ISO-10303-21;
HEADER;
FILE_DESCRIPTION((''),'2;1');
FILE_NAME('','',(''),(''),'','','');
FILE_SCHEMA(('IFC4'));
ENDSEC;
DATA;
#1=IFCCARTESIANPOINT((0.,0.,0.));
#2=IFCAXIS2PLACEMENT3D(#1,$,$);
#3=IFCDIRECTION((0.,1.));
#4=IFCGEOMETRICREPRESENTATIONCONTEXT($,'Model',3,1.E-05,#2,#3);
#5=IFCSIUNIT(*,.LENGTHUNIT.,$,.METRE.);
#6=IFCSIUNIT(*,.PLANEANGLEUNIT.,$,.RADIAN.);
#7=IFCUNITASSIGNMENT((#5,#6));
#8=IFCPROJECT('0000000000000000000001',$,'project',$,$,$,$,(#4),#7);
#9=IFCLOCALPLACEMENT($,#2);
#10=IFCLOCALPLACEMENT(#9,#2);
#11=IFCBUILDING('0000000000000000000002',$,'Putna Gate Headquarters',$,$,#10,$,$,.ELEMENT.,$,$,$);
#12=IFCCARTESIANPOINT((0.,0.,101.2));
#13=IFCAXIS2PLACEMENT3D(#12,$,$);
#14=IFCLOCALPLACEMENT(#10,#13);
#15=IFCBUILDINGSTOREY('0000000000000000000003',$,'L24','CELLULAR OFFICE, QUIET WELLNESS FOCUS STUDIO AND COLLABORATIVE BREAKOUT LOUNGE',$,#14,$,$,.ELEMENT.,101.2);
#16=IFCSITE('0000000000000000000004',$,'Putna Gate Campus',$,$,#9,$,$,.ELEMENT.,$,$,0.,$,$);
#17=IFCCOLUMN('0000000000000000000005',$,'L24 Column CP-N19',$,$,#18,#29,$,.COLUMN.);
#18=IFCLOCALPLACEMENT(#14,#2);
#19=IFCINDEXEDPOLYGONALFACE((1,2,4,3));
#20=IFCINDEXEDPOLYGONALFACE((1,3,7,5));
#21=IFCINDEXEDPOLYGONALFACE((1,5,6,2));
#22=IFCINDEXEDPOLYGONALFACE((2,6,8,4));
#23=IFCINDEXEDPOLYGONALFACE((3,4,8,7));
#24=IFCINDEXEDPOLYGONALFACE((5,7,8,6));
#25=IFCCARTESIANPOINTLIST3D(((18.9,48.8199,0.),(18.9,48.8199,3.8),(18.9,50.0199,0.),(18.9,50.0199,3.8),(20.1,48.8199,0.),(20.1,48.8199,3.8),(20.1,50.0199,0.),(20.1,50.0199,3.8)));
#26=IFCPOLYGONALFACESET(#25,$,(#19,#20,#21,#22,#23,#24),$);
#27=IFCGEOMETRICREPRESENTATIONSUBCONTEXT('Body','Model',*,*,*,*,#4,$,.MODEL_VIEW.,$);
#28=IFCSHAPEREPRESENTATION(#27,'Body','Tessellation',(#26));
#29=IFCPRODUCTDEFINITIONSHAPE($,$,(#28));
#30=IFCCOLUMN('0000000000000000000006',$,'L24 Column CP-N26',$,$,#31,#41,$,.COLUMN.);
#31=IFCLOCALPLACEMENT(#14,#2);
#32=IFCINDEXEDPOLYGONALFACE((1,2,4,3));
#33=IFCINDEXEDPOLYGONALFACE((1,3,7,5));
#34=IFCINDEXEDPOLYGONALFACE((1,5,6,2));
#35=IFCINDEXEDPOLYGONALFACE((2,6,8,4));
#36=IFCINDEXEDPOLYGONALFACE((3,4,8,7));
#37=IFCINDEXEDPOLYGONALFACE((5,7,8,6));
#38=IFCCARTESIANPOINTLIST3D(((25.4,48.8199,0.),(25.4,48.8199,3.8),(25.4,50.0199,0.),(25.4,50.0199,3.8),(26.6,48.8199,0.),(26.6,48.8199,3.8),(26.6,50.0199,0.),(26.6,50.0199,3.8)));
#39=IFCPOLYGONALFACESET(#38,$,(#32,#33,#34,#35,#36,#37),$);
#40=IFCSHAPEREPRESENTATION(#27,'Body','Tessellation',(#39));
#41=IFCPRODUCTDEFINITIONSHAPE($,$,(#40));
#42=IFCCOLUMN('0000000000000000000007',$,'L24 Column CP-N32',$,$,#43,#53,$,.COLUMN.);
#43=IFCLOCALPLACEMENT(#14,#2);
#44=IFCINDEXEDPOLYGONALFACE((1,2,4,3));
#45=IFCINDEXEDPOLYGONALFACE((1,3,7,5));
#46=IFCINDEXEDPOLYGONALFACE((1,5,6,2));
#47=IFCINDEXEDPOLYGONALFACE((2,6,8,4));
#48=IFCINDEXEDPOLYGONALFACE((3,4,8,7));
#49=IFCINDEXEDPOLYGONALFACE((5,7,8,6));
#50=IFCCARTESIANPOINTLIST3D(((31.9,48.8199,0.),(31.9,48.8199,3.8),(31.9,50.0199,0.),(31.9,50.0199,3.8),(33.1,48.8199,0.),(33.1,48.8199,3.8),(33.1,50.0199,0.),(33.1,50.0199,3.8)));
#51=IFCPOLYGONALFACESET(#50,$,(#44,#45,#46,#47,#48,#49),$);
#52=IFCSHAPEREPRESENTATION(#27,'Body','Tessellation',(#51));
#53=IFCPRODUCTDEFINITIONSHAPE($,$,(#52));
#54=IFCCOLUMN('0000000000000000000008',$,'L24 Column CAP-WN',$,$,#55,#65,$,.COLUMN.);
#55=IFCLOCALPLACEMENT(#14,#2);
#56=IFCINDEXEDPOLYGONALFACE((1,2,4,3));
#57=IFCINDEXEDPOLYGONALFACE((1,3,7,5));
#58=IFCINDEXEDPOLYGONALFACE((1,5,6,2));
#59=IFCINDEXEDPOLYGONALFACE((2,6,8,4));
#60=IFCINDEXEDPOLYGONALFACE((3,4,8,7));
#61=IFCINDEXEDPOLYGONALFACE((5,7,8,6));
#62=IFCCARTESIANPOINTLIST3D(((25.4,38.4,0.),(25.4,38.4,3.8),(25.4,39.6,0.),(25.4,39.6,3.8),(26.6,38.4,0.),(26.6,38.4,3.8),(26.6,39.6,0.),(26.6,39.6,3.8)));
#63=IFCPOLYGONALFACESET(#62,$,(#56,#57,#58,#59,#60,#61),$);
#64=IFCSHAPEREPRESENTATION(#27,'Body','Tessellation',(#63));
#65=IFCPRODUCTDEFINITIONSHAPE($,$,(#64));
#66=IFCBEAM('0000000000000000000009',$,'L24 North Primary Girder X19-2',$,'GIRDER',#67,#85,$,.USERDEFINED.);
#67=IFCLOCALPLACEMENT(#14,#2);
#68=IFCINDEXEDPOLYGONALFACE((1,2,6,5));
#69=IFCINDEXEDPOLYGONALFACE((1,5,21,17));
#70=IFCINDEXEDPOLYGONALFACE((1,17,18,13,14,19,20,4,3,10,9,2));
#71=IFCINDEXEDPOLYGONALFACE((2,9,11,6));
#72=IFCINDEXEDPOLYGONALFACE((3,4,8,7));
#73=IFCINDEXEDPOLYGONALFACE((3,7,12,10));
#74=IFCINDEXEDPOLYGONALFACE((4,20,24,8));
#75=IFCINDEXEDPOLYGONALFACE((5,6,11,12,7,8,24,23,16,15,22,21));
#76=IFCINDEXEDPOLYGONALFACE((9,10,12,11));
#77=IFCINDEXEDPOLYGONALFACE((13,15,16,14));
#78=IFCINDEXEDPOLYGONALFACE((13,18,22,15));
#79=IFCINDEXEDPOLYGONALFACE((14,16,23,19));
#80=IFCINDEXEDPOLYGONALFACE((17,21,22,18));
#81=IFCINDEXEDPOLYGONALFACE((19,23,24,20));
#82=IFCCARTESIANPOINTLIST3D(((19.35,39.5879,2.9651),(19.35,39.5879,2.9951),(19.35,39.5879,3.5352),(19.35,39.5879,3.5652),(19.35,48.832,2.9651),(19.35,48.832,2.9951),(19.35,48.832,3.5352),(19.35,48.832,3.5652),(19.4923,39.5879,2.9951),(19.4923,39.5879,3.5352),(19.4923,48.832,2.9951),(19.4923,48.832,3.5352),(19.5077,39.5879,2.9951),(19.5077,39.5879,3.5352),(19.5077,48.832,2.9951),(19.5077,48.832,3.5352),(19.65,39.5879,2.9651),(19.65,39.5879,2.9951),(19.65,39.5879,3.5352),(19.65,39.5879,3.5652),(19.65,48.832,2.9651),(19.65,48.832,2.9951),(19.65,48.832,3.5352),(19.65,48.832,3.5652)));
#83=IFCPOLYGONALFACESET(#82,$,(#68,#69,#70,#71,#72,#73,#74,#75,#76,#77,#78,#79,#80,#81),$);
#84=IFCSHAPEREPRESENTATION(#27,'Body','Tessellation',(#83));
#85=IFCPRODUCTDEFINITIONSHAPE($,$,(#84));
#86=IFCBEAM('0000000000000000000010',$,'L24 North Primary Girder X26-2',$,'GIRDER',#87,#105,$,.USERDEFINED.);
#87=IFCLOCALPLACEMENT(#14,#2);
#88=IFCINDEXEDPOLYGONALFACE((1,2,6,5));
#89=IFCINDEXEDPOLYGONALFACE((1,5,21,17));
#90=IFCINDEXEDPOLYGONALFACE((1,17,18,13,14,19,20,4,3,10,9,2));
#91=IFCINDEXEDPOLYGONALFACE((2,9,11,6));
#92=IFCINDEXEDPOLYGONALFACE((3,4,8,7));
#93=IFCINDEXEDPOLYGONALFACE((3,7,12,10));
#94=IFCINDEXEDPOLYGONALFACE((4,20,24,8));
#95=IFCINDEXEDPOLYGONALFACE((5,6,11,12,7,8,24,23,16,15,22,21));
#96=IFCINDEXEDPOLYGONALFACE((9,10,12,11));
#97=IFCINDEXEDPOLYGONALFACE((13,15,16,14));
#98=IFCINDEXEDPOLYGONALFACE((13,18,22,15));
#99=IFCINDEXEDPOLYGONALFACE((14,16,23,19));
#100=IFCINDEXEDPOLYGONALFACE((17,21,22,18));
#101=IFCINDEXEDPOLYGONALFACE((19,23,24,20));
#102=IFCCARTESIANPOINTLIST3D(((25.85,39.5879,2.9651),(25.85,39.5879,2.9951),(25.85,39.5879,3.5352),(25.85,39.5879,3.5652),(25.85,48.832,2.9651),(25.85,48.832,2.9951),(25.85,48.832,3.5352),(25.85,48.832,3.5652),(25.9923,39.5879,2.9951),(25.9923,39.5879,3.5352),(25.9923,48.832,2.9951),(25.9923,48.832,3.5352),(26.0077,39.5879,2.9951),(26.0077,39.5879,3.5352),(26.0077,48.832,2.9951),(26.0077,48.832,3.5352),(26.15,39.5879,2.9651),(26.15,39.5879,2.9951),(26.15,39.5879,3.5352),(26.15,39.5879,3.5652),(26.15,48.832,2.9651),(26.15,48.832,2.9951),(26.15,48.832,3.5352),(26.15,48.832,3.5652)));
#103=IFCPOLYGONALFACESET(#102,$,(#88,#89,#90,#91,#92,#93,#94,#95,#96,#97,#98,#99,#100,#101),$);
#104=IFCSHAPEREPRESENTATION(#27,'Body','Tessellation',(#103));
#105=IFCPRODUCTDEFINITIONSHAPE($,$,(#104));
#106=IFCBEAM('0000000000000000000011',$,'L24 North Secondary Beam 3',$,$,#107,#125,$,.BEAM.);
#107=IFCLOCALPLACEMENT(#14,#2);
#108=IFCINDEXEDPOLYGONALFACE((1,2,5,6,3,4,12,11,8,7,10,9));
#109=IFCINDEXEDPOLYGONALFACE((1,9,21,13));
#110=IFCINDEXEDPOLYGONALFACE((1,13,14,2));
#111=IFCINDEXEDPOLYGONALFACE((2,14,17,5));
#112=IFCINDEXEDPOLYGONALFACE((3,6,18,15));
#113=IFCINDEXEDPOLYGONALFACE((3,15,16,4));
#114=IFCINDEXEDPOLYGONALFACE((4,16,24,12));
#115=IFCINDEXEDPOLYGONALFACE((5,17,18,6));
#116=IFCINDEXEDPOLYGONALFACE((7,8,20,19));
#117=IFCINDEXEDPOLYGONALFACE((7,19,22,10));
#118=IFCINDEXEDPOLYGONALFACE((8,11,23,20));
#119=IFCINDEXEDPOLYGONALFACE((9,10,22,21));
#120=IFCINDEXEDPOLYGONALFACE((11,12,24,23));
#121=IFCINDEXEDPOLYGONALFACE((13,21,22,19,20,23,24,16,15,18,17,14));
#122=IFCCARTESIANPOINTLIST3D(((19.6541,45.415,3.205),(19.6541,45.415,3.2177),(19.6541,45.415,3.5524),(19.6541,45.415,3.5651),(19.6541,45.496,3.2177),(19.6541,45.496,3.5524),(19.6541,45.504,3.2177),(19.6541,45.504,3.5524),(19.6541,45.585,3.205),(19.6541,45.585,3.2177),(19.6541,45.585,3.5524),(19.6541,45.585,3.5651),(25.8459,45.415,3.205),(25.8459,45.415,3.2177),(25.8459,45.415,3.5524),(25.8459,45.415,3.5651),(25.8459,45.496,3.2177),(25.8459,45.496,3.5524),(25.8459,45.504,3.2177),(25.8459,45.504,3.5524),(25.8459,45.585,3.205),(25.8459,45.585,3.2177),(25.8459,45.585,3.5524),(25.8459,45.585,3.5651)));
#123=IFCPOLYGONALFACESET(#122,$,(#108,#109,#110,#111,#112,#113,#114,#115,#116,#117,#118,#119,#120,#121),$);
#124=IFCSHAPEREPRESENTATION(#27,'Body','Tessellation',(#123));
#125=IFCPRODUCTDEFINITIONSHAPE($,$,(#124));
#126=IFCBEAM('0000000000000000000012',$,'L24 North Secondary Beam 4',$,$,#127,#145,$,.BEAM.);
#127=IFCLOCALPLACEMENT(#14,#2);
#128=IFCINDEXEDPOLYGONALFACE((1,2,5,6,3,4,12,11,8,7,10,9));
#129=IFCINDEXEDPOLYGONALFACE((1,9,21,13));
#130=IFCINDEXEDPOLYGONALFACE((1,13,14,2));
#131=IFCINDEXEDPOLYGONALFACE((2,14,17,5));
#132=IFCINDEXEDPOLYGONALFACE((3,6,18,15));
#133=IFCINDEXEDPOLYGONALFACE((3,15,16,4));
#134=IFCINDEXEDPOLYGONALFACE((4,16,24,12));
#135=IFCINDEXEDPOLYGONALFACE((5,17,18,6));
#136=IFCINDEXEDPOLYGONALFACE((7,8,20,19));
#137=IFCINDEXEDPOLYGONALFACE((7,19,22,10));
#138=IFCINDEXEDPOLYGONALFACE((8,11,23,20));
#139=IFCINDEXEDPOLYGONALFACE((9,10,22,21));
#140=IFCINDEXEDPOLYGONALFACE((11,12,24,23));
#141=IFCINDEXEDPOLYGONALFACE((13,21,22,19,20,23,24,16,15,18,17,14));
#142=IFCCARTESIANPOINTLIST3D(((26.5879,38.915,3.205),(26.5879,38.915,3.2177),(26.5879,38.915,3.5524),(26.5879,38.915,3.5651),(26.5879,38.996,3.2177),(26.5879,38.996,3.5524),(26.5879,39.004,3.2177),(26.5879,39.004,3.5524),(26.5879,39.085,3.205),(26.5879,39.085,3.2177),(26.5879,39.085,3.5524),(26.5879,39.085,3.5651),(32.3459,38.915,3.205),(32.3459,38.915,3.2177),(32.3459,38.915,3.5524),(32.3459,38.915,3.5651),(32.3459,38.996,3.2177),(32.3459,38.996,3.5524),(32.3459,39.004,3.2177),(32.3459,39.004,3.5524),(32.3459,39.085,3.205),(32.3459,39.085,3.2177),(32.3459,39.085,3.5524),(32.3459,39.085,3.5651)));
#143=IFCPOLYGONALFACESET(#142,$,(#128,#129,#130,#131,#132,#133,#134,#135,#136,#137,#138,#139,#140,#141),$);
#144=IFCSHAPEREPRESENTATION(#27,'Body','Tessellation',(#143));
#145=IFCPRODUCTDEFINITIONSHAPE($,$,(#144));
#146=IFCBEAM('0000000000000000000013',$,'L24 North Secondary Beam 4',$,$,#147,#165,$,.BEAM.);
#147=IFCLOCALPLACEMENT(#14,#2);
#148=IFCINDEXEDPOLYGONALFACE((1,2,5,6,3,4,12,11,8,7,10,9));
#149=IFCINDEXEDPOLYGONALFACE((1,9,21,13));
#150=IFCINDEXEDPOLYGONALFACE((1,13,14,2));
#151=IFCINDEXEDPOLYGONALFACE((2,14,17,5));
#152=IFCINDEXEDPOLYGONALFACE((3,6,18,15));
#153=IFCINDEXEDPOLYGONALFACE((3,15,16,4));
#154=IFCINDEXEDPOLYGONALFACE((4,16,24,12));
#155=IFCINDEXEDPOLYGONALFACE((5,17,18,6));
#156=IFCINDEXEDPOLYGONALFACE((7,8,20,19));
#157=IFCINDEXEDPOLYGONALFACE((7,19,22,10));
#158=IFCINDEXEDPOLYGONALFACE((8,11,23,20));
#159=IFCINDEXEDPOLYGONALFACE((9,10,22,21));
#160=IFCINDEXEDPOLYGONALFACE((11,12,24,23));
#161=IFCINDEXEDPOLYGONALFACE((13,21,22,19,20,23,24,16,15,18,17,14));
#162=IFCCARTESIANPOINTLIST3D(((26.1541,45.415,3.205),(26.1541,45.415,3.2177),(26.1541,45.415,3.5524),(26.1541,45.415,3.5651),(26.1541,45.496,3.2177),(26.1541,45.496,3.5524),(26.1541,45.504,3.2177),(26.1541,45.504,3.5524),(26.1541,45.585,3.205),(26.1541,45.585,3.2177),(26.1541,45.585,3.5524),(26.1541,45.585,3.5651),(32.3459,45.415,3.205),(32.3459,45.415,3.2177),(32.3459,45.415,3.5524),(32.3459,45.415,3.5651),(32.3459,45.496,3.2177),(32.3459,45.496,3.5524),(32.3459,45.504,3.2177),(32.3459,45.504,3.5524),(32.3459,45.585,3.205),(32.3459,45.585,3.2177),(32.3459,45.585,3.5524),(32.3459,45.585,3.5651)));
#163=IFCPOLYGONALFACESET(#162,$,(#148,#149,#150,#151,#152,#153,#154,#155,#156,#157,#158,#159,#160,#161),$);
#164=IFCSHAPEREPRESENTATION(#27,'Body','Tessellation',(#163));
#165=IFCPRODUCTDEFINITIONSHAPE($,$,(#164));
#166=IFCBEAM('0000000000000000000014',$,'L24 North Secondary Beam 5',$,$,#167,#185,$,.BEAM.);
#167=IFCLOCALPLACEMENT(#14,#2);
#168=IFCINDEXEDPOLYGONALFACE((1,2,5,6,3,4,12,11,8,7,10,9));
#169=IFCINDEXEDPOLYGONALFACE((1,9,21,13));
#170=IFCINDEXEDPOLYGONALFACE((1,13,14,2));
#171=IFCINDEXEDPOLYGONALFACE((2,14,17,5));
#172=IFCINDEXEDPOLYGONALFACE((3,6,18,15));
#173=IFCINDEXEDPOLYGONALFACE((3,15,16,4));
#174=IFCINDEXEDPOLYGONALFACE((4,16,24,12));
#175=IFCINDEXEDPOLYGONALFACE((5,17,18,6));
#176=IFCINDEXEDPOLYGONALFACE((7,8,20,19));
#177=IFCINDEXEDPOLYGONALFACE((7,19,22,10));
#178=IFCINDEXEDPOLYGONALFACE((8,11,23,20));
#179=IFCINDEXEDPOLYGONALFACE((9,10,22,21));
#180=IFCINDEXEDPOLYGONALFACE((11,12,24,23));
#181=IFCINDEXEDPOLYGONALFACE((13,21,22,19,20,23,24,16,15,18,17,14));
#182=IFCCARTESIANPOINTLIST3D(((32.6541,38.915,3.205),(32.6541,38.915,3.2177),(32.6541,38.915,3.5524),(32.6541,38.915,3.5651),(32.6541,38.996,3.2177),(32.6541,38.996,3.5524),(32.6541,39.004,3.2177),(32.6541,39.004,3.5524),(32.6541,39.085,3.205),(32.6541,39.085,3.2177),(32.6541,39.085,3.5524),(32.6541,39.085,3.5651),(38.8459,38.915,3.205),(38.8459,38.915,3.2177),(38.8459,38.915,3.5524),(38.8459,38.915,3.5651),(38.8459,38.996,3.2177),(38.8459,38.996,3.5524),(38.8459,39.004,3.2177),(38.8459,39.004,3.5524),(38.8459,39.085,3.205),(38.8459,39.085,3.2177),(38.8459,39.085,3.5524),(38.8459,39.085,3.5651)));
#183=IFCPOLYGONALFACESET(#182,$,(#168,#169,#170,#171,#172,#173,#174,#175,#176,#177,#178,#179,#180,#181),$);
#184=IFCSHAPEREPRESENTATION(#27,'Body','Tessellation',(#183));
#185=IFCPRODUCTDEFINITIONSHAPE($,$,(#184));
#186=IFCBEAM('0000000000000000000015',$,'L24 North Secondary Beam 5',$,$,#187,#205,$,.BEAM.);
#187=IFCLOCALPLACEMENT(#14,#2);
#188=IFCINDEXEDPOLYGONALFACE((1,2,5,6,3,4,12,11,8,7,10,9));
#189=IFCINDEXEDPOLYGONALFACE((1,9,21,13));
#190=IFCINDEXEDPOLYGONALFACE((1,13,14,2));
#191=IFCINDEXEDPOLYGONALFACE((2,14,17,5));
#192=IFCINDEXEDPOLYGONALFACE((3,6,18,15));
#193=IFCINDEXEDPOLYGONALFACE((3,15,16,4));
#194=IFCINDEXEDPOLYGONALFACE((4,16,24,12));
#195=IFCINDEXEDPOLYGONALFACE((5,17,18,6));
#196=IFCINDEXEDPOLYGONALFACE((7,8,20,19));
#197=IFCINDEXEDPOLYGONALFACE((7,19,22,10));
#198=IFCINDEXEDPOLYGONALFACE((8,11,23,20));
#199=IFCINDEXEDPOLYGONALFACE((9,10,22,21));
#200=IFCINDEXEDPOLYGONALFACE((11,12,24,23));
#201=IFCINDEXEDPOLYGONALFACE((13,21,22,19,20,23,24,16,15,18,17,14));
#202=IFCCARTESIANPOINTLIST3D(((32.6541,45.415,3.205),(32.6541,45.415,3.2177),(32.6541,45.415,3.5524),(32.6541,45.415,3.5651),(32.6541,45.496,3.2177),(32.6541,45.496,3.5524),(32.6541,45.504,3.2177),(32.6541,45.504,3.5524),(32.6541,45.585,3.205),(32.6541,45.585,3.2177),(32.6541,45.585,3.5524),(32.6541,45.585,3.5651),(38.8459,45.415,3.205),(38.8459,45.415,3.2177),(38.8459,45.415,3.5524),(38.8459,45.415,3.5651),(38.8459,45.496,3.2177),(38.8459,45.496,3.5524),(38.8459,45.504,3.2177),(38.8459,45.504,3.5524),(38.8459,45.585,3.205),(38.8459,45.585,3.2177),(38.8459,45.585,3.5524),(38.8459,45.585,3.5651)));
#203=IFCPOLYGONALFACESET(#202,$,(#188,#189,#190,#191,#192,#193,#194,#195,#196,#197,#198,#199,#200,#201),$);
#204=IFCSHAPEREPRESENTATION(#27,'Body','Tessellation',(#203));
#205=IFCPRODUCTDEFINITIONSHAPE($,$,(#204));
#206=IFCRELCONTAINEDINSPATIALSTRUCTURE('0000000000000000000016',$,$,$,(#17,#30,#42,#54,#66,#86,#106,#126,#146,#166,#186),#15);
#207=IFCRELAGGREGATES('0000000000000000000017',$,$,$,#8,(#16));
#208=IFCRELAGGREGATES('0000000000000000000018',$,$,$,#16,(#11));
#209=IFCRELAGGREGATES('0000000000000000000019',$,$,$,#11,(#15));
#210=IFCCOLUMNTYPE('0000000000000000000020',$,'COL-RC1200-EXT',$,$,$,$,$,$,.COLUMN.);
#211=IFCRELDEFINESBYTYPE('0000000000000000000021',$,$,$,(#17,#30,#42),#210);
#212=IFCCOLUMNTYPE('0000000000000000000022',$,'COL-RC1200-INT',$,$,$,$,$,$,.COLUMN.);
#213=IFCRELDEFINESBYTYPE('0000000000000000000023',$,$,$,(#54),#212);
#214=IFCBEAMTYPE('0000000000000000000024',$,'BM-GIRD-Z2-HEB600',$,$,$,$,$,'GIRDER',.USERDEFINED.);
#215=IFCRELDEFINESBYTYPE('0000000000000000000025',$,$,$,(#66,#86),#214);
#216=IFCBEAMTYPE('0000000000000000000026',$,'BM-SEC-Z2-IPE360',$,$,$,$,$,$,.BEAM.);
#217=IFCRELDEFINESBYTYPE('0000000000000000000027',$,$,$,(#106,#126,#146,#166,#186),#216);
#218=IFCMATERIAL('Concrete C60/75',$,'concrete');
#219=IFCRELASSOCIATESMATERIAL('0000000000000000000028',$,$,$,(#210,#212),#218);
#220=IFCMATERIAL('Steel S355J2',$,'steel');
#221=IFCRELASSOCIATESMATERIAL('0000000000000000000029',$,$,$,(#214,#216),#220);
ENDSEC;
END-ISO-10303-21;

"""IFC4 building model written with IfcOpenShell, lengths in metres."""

from ifc_helpers import new_model, si_unit, direction, frame, origin, origin_2d, place, context, subcontext, project, spatial, rectangle, i_section, extrude, material, material_profile, profile_set, type_object, element, save


model = new_model("IFC4")

# Units and contexts
model_context = context("Model", 3, precision=1e-05, world=origin(), true_north=direction((0.0, 1.0)))
body_context = subcontext(model_context, "Body", "Model", "MODEL_VIEW")
ifc_project = project(units=[si_unit("LENGTHUNIT", "METRE"), si_unit("PLANEANGLEUNIT", "RADIAN")], contexts=[model_context])

# Site, building, storey
site_placement = place(None, origin())
site = spatial("IfcSite", under=ifc_project, at=site_placement, Name="Putna Gate Campus", CompositionType="ELEMENT", RefElevation=0.0)
building_placement = place(site_placement, origin())
building = spatial("IfcBuilding", under=site, at=building_placement, Name="Putna Gate Headquarters", CompositionType="ELEMENT")
storey_placement = place(building_placement, frame((0.0, 0.0, 101.2)))
storey = spatial("IfcBuildingStorey", under=building, at=storey_placement, Name="L24", Description="CELLULAR OFFICE, QUIET WELLNESS FOCUS STUDIO AND COLLABORATIVE BREAKOUT LOUNGE", CompositionType="ELEMENT", Elevation=101.2)

# Columns
ifc_material_1 = material(Name="Concrete C60/75", Category="concrete")
ifc_material_profile_1 = material_profile(ifc_material_1, rectangle(XDim=1.2, YDim=1.2, at=origin_2d()), Name="Concrete C60/75")
ifc_profile_set_1 = profile_set([ifc_material_profile_1], Name="Concrete C60/75")
column_type_1 = type_object("IfcColumnType", Name="COL-RC1200-EXT", PredefinedType="COLUMN", material=ifc_profile_set_1)
for number, where, z_axis, x_axis, name in (
    (1, (19.5, 49.4199, 0.0), (0.0, 0.0, 1.0), (1.0, 0.0, 0.0), "L24 Column CP-N19"),
    (2, (26.0, 49.4199, 0.0), (0.0, 0.0, 1.0), (1.0, 0.0, 0.0), "L24 Column CP-N26"),
    (3, (32.5, 49.4199, 0.0), (0.0, 0.0, 1.0), (1.0, 0.0, 0.0), "L24 Column CP-N32"),
):
    element("IfcColumn", number, at=place(storey_placement, frame(where, z_axis=z_axis, x_axis=x_axis)), inside=storey, type_object=column_type_1, Name=name, PredefinedType="COLUMN", context=body_context, shape_type="SweptSolid", body=[
        extrude(rectangle(XDim=1.2, YDim=1.2, at=origin_2d()), origin(), (0.0, 0.0, 1.0), 3.8),
    ])
ifc_material_profile_2 = material_profile(ifc_material_1, rectangle(XDim=1.2, YDim=1.2, at=origin_2d()), Name="Concrete C60/75")
ifc_profile_set_2 = profile_set([ifc_material_profile_2], Name="Concrete C60/75")
column_type_2 = type_object("IfcColumnType", Name="COL-RC1200-INT", PredefinedType="COLUMN", material=ifc_profile_set_2)
column_placement = place(storey_placement, frame((26.0, 39.0, 0.0), z_axis=(0.0, 0.0, 1.0), x_axis=(1.0, 0.0, 0.0)))
element("IfcColumn", 4, at=column_placement, inside=storey, type_object=column_type_2, Name="L24 Column CAP-WN", PredefinedType="COLUMN", context=body_context, shape_type="SweptSolid", body=[
    extrude(rectangle(XDim=1.2, YDim=1.2, at=origin_2d()), origin(), (0.0, 0.0, 1.0), 3.8),
])

# Beams
ifc_material_2 = material(Name="Steel S355J2", Category="steel")
ifc_material_profile_3 = material_profile(ifc_material_2, i_section(OverallWidth=0.3, OverallDepth=0.6001, WebThickness=0.0154, FlangeThickness=0.03, at=origin_2d()), Name="Steel S355J2")
ifc_profile_set_3 = profile_set([ifc_material_profile_3], Name="Steel S355J2")
beam_type_1 = type_object("IfcBeamType", Name="BM-GIRD-Z2-HEB600", ElementType="GIRDER", PredefinedType="USERDEFINED", material=ifc_profile_set_3)
for number, where, z_axis, x_axis, name in (
    (5, (19.5, 39.5879, 3.2651), (0.0, 1.0, 0.0), (-1.0, 0.0, 0.0), "L24 North Primary Girder X19-2"),
    (6, (26.0, 39.5879, 3.2651), (0.0, 1.0, 0.0), (-1.0, 0.0, 0.0), "L24 North Primary Girder X26-2"),
):
    element("IfcBeam", number, at=place(storey_placement, frame(where, z_axis=z_axis, x_axis=x_axis)), inside=storey, type_object=beam_type_1, Name=name, ObjectType="GIRDER", PredefinedType="USERDEFINED", context=body_context, shape_type="SweptSolid", body=[
        extrude(i_section(OverallWidth=0.3, OverallDepth=0.6001, WebThickness=0.0154, FlangeThickness=0.03, at=origin_2d()), origin(), (0.0, 0.0, 1.0), 9.2441),
    ])
ifc_material_profile_4 = material_profile(ifc_material_2, i_section(OverallWidth=0.1699, OverallDepth=0.3601, WebThickness=0.0081, FlangeThickness=0.0127, at=origin_2d()), Name="Steel S355J2")
ifc_profile_set_4 = profile_set([ifc_material_profile_4], Name="Steel S355J2")
beam_type_2 = type_object("IfcBeamType", Name="BM-SEC-Z2-IPE360", PredefinedType="BEAM", material=ifc_profile_set_4)
beam_1_placement = place(storey_placement, frame((19.6541, 45.5, 3.385), z_axis=(1.0, 0.0, 0.0), x_axis=(0.0, 1.0, 0.0)))
element("IfcBeam", 7, at=beam_1_placement, inside=storey, type_object=beam_type_2, Name="L24 North Secondary Beam 3", PredefinedType="BEAM", context=body_context, shape_type="SweptSolid", body=[
    extrude(i_section(OverallWidth=0.1699, OverallDepth=0.3601, WebThickness=0.0081, FlangeThickness=0.0127, at=origin_2d()), origin(), (0.0, 0.0, 1.0), 6.1919),
])
beam_2_placement = place(storey_placement, frame((26.5879, 39.0, 3.385), z_axis=(1.0, 0.0, 0.0), x_axis=(0.0, 1.0, 0.0)))
element("IfcBeam", 8, at=beam_2_placement, inside=storey, type_object=beam_type_2, Name="L24 North Secondary Beam 4", PredefinedType="BEAM", context=body_context, shape_type="SweptSolid", body=[
    extrude(i_section(OverallWidth=0.1699, OverallDepth=0.3601, WebThickness=0.0081, FlangeThickness=0.0127, at=origin_2d()), origin(), (0.0, 0.0, 1.0), 5.7581),
])
for number, where, z_axis, x_axis, name in (
    (9, (26.1541, 45.5, 3.385), (1.0, 0.0, 0.0), (0.0, 1.0, 0.0), "L24 North Secondary Beam 4"),
    (10, (32.6541, 39.0, 3.385), (1.0, 0.0, 0.0), (0.0, 1.0, 0.0), "L24 North Secondary Beam 5"),
    (11, (32.6541, 45.5, 3.385), (1.0, 0.0, 0.0), (0.0, 1.0, 0.0), "L24 North Secondary Beam 5"),
):
    element("IfcBeam", number, at=place(storey_placement, frame(where, z_axis=z_axis, x_axis=x_axis)), inside=storey, type_object=beam_type_2, Name=name, PredefinedType="BEAM", context=body_context, shape_type="SweptSolid", body=[
        extrude(i_section(OverallWidth=0.1699, OverallDepth=0.3601, WebThickness=0.0081, FlangeThickness=0.0127, at=origin_2d()), origin(), (0.0, 0.0, 1.0), 6.1919),
    ])

save(model, "model.ifc")
